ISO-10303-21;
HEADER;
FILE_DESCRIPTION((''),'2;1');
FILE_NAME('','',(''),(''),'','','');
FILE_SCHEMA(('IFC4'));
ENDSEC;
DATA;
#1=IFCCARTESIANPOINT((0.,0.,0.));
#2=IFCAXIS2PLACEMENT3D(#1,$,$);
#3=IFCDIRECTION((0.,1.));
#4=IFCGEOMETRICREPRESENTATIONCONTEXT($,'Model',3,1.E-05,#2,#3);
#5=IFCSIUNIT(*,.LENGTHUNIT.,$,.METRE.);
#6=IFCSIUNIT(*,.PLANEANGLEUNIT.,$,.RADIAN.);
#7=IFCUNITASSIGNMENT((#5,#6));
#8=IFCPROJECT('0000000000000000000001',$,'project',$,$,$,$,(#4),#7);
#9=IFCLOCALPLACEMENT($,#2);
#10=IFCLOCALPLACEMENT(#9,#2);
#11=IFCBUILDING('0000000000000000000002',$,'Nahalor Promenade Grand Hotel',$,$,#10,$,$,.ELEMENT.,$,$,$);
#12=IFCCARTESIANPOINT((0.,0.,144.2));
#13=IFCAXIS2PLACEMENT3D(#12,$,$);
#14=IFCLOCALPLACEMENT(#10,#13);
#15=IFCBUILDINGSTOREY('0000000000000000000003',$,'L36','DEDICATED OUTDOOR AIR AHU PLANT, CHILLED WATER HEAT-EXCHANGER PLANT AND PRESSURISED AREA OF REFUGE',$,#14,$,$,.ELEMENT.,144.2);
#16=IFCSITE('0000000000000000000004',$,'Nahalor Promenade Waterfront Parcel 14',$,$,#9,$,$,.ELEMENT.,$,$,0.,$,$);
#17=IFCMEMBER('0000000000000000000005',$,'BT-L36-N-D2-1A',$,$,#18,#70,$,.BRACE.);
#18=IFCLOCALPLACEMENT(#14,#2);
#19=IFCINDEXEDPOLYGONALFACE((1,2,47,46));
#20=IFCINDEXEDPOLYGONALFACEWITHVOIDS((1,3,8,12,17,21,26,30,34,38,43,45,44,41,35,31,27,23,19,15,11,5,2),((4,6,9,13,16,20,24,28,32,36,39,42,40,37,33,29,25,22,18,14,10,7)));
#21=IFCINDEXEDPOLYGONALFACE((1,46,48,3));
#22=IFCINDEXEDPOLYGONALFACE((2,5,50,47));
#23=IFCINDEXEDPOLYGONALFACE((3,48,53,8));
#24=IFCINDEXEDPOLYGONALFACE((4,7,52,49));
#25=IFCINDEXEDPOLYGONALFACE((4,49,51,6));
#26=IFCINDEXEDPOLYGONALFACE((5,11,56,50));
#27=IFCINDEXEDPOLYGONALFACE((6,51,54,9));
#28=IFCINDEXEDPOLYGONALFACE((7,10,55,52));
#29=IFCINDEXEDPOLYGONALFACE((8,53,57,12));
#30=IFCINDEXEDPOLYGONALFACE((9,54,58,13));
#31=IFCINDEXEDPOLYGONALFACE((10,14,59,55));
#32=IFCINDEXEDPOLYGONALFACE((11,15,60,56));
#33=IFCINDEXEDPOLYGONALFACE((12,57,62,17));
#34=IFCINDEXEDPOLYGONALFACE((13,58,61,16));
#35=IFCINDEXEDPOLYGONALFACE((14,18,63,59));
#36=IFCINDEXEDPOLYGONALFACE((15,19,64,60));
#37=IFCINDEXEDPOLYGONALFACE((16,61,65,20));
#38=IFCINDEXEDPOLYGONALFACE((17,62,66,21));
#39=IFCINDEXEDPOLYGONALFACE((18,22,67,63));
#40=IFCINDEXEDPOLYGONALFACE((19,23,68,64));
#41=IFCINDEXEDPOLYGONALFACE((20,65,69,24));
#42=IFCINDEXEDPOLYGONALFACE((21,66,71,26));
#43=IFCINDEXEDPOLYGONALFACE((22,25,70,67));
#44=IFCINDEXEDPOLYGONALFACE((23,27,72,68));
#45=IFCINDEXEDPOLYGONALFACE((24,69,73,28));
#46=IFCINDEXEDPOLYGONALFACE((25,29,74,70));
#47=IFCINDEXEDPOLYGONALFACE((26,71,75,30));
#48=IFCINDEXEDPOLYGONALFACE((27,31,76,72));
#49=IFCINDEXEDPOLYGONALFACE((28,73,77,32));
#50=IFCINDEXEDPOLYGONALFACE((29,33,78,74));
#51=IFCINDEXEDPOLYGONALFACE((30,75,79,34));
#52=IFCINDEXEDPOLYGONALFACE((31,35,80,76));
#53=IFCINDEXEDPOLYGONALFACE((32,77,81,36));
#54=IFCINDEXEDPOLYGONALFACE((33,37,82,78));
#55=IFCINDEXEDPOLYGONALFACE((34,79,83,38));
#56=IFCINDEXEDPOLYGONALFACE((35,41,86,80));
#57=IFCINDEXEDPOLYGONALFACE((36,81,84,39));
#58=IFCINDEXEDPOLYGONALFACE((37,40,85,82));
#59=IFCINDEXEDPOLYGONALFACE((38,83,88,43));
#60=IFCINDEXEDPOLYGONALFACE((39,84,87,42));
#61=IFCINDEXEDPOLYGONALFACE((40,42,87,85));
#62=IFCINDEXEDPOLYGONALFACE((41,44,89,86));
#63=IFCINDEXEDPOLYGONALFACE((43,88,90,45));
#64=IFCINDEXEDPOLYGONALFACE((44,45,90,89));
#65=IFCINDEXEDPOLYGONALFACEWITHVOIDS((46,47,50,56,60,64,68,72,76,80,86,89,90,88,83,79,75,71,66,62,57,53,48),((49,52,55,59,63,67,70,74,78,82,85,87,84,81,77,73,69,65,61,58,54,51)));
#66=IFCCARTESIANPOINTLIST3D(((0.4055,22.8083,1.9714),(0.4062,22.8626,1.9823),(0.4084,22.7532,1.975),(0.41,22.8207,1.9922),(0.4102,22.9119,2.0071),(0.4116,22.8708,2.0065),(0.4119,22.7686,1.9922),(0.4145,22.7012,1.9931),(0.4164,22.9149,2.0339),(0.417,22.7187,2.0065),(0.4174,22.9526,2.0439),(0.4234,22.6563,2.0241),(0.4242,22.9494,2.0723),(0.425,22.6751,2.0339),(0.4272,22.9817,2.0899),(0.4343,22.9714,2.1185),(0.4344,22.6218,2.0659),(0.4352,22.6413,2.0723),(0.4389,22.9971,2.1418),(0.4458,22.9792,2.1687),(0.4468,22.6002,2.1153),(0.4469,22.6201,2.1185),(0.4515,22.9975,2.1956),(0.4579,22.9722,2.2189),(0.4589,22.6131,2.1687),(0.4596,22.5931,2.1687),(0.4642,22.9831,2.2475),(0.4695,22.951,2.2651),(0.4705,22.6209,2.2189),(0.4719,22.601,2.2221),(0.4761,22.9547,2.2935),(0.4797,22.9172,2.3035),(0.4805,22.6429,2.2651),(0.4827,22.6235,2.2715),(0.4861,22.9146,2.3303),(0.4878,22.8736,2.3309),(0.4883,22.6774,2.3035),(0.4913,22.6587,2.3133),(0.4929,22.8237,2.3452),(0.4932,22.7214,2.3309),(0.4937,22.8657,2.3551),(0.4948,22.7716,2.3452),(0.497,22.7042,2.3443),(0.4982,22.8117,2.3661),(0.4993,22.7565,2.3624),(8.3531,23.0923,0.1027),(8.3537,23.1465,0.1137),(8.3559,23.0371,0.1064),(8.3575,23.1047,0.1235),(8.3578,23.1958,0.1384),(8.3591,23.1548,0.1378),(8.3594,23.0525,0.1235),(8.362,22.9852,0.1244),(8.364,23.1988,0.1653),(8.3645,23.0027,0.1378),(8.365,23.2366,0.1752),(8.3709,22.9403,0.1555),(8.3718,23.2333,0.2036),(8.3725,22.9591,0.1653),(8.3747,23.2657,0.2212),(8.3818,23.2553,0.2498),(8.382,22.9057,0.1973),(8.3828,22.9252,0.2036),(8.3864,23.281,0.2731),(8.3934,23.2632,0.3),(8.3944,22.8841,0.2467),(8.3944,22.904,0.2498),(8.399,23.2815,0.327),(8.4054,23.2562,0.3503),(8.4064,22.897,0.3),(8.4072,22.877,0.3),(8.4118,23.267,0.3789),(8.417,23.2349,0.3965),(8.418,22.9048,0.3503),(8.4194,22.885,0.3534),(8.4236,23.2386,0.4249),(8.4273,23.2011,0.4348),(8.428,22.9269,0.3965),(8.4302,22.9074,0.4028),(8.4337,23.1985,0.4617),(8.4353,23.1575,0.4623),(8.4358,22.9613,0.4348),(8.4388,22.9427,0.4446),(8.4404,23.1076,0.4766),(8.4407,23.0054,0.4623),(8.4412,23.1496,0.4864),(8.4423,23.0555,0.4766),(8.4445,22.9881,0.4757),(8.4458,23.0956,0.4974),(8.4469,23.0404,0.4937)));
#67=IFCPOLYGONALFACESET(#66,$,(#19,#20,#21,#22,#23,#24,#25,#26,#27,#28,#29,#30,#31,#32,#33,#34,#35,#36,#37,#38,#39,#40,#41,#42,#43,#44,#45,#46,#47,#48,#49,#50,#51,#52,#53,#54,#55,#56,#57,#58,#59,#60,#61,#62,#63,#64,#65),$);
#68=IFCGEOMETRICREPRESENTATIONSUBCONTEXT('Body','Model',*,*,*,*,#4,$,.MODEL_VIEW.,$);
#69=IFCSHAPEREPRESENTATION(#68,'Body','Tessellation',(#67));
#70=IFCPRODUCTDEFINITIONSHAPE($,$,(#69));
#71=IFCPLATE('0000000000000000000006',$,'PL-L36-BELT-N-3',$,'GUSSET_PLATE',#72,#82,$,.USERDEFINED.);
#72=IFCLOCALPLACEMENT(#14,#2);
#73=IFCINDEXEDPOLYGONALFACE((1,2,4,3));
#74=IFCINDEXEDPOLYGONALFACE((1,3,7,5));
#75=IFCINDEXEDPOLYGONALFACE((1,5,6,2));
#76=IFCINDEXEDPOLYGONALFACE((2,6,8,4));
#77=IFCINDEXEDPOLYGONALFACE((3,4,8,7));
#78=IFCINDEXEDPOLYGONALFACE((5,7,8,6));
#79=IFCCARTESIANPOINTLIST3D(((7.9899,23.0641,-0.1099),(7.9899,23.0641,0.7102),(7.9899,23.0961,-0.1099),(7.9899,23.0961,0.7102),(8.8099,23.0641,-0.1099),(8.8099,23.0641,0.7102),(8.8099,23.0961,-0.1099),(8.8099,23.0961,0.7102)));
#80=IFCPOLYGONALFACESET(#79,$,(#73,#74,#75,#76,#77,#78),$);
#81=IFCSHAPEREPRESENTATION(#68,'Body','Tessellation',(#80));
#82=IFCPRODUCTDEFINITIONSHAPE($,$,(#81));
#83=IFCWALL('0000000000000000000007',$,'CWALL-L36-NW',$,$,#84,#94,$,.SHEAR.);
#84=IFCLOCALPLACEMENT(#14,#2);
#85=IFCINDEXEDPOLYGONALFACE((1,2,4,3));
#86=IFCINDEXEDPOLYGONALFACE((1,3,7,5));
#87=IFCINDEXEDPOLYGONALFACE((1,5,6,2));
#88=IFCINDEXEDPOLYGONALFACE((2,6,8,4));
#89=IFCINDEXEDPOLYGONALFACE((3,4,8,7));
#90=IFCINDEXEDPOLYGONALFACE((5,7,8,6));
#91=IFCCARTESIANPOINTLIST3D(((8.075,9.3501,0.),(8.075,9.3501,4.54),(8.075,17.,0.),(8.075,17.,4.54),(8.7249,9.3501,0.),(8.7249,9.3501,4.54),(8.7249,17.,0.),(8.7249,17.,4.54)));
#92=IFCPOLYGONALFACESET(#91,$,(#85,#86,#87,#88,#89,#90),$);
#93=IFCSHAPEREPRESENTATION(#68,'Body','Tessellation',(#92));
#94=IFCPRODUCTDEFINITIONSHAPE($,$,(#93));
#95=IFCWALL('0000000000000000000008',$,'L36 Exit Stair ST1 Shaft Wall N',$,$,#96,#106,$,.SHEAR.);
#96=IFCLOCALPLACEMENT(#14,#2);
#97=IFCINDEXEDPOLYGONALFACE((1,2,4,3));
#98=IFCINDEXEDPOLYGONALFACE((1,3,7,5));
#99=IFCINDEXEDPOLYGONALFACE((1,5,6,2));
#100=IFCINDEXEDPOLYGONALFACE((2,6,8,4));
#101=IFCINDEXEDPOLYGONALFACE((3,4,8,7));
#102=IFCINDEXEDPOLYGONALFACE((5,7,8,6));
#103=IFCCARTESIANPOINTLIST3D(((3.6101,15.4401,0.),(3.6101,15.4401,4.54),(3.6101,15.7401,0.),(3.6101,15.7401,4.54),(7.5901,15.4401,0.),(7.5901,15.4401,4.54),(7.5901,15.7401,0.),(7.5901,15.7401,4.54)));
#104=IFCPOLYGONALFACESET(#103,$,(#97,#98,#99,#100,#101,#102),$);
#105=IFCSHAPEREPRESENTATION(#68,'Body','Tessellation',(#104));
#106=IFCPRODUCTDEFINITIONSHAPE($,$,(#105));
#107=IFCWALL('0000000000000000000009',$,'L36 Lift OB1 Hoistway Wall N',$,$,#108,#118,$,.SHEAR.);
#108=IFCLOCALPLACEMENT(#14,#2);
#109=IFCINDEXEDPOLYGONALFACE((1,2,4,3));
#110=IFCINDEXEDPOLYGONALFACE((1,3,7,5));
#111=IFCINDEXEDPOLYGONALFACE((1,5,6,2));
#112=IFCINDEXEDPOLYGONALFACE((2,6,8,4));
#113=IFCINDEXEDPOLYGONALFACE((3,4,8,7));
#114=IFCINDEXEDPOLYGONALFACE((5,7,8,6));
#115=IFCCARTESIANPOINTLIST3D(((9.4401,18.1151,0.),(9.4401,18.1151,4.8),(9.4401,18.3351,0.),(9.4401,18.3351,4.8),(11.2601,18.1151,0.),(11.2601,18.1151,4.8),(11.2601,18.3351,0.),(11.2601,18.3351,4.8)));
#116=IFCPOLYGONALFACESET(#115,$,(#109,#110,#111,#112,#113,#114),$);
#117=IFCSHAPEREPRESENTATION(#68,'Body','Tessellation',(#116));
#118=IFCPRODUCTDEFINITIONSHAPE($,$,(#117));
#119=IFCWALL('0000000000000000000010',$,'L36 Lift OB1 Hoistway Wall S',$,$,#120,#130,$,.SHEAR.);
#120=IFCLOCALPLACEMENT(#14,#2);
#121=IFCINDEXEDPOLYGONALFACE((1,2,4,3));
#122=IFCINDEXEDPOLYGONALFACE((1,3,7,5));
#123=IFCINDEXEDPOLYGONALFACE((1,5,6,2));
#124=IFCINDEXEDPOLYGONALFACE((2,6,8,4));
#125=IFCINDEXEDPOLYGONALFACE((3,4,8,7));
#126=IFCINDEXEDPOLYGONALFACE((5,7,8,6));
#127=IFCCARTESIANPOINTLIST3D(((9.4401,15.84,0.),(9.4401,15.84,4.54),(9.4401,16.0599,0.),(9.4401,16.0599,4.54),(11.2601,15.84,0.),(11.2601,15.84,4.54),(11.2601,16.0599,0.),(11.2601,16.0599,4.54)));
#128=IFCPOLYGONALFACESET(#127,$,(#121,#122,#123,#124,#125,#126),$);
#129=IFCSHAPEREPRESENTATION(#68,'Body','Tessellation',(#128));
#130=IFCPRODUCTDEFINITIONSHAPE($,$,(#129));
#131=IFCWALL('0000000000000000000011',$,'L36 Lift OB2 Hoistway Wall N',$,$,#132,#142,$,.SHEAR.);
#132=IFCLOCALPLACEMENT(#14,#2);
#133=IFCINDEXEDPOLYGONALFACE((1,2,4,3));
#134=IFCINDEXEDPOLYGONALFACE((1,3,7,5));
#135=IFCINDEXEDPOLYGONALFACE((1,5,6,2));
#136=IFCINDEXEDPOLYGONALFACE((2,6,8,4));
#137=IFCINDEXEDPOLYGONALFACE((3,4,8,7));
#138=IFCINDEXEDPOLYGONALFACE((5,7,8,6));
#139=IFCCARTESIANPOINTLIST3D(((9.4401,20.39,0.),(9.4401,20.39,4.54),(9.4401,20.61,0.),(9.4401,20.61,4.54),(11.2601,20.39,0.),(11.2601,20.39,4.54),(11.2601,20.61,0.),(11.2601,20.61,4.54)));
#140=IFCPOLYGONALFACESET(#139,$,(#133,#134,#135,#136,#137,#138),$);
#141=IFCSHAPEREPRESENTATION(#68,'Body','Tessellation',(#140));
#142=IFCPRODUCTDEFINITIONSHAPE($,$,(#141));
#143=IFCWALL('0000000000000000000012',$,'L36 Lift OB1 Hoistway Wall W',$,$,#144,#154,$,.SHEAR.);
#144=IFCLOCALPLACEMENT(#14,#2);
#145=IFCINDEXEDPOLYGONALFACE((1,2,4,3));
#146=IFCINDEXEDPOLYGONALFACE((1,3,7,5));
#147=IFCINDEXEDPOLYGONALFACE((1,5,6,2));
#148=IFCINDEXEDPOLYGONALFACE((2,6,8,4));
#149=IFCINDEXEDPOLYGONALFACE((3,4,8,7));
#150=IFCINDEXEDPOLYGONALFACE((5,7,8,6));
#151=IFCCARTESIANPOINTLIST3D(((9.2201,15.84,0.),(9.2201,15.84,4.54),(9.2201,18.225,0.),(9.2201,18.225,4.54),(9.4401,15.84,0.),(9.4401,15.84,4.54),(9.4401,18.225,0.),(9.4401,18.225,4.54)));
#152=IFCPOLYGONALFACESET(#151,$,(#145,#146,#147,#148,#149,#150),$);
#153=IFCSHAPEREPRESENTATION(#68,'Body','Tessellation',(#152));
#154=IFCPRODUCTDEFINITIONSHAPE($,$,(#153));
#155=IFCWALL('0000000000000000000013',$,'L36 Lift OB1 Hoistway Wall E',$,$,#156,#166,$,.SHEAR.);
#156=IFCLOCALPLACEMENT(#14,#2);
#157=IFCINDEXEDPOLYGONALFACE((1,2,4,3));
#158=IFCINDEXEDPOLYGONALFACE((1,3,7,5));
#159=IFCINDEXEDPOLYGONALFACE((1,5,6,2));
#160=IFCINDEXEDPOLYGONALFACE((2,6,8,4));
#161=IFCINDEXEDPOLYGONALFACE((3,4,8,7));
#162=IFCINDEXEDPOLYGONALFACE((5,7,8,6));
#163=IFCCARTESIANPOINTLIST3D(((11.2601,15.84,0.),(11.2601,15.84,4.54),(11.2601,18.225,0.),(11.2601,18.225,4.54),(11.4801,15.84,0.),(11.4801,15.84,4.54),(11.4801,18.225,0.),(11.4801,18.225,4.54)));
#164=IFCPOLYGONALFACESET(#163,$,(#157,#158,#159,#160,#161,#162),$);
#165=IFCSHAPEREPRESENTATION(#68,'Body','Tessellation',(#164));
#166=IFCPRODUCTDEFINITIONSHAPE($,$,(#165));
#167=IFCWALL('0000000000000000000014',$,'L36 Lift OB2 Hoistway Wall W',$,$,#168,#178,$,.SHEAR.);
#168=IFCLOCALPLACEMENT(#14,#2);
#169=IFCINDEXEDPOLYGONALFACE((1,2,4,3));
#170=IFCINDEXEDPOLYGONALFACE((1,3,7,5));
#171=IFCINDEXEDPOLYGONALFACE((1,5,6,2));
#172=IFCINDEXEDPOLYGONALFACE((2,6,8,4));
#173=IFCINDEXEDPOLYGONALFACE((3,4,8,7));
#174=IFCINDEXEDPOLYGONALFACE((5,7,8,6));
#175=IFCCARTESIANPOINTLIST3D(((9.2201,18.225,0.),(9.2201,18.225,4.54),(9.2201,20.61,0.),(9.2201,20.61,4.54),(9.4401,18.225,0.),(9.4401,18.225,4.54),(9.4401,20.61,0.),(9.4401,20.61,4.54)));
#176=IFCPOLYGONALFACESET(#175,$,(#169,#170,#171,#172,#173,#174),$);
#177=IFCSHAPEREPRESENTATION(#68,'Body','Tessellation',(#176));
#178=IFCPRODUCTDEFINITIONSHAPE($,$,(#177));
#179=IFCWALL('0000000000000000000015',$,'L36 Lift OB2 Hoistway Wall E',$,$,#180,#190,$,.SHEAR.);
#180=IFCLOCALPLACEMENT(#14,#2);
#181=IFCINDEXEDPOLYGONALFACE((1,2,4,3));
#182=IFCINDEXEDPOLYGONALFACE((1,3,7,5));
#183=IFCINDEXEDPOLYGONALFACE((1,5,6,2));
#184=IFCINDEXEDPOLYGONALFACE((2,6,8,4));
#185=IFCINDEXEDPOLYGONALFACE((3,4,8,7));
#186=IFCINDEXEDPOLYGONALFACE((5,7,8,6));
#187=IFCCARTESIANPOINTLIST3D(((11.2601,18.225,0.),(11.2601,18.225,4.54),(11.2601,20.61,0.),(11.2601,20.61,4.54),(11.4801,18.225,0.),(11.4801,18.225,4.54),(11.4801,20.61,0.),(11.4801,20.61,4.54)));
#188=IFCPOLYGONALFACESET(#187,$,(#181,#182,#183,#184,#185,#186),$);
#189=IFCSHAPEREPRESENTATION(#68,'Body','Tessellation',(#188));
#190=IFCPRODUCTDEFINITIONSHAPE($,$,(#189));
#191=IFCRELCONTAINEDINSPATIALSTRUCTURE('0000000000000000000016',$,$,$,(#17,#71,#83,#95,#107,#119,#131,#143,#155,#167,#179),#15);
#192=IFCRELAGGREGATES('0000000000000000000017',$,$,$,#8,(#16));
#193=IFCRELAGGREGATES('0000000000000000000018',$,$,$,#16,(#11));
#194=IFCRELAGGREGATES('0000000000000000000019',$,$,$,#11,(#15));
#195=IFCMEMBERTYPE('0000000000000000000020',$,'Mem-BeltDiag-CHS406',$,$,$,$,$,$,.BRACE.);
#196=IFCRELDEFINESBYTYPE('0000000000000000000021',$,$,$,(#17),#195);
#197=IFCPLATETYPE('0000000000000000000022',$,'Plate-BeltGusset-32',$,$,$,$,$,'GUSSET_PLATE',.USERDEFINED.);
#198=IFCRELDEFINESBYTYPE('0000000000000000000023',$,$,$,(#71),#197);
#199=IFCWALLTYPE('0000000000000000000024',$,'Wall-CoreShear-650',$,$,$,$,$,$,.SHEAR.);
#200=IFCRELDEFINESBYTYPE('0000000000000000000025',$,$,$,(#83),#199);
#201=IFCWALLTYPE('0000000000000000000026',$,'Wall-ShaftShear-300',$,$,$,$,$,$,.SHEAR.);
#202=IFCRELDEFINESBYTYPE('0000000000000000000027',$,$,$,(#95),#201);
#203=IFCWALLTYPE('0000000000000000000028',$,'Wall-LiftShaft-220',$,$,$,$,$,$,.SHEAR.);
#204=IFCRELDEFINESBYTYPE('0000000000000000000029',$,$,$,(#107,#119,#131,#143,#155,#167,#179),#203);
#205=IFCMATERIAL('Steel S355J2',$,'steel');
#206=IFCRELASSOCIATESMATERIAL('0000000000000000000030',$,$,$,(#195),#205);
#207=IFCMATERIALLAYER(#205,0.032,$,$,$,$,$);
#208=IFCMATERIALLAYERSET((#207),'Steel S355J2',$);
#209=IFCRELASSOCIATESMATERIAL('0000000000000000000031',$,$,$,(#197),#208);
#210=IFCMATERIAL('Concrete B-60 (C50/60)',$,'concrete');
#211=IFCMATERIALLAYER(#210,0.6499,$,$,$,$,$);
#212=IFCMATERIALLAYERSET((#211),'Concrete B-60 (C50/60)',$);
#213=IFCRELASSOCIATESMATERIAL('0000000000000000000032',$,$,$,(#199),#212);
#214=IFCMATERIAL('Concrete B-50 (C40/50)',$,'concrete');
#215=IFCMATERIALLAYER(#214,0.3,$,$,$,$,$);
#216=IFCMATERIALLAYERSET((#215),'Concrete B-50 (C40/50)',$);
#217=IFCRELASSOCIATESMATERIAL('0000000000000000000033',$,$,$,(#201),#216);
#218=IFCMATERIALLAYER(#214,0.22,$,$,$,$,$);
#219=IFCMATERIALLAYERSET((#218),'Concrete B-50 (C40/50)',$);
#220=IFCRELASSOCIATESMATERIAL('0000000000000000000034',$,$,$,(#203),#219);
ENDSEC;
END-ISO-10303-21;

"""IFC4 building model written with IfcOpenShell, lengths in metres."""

from ifc_helpers import new_model, si_unit, direction, frame, frame_2d, origin, origin_2d, place, context, subcontext, project, spatial, rectangle, hollow_circle, extrude, source, transform, mapped, material, layer, layer_set, material_profile, profile_set, type_object, element, save


model = new_model("IFC4")

# Units and contexts
model_context = context("Model", 3, precision=1e-05, world=origin(), true_north=direction((0.0, 1.0)))
body_context = subcontext(model_context, "Body", "Model", "MODEL_VIEW")
ifc_project = project(units=[si_unit("LENGTHUNIT", "METRE"), si_unit("PLANEANGLEUNIT", "RADIAN")], contexts=[model_context])

# Site, building, storey
site_placement = place(None, origin())
site = spatial("IfcSite", under=ifc_project, at=site_placement, Name="Nahalor Promenade Waterfront Parcel 14", CompositionType="ELEMENT", RefElevation=0.0)
building_placement = place(site_placement, origin())
building = spatial("IfcBuilding", under=site, at=building_placement, Name="Nahalor Promenade Grand Hotel", CompositionType="ELEMENT")
storey_placement = place(building_placement, frame((0.0, 0.0, 144.2)))
storey = spatial("IfcBuildingStorey", under=building, at=storey_placement, Name="L36", Description="DEDICATED OUTDOOR AIR AHU PLANT, CHILLED WATER HEAT-EXCHANGER PLANT AND PRESSURISED AREA OF REFUGE", CompositionType="ELEMENT", Elevation=144.2)

# Shared definitions
ifc_material_1 = material(Name="Concrete B-60 (C50/60)", Category="concrete")
ifc_material_2 = material(Name="Steel S355J2", Category="steel")

# Member
ifc_material_profile_1 = material_profile(ifc_material_2, hollow_circle(Radius=0.2032, WallThickness=0.02, at=origin_2d()), Name="CHS 406.4x20")
ifc_profile_set_1 = profile_set([ifc_material_profile_1], Name="Steel S355J2")
member_type = type_object("IfcMemberType", Name="Mem-BeltDiag-CHS406", PredefinedType="BRACE", material=ifc_profile_set_1)
shared_shape_1 = source(origin(), body_context, "Body", "SweptSolid", [
    extrude(hollow_circle(Radius=0.2032, WallThickness=0.02, at=origin_2d()), origin(), (0.0, 0.0, 1.0), 8.1692),
])
member_1_placement = place(storey_placement, frame((8.3999, 23.0801, 0.3), z_axis=(-0.972866, -0.034757, 0.228744), x_axis=(0.035704, -0.999362, 0.0)))
element("IfcMember", 1, at=member_1_placement, inside=storey, type_object=member_type, Name="BT-L36-N-D2-1A", PredefinedType="BRACE", context=body_context, shape_type="MappedRepresentation", body=[
    mapped(shared_shape_1, transform((0.0, 0.0, 0.0), scale=1.0)),
])

# Plate
ifc_layer_1 = layer(ifc_material_2, 0.032)
ifc_layer_set_1 = layer_set([ifc_layer_1], Name="Steel S355J2")
plate_type = type_object("IfcPlateType", Name="Plate-BeltGusset-32", ElementType="GUSSET_PLATE", PredefinedType="USERDEFINED", material=ifc_layer_set_1)
shared_shape_2 = source(origin(), body_context, "Body", "SweptSolid", [
    extrude(rectangle(XDim=0.8201, YDim=0.032, at=origin_2d()), origin(), (0.0, 0.0, 1.0), 0.8201),
])
plate_placement = place(storey_placement, frame((8.3999, 23.0801, -0.1099), z_axis=(0.0, 0.0, 1.0), x_axis=(1.0, 0.0, 0.0)))
element("IfcPlate", 2, at=plate_placement, inside=storey, type_object=plate_type, Name="PL-L36-BELT-N-3", ObjectType="GUSSET_PLATE", PredefinedType="USERDEFINED", context=body_context, shape_type="MappedRepresentation", body=[
    mapped(shared_shape_2, transform((0.0, 0.0, 0.0), scale=1.0)),
])

# Walls
ifc_layer_2 = layer(ifc_material_1, 0.6499)
ifc_layer_set_2 = layer_set([ifc_layer_2], Name="Concrete B-60 (C50/60)")
wall_type_1 = type_object("IfcWallType", Name="Wall-CoreShear-650", PredefinedType="SHEAR", material=ifc_layer_set_2)
shared_shape_3 = source(origin(), body_context, "Body", "SweptSolid", [
    extrude(rectangle(XDim=7.6499, YDim=0.6499, at=frame_2d((3.825, 0.0))), origin(), (0.0, 0.0, 1.0), 4.54),
])
wall_1_placement = place(storey_placement, frame((8.3999, 9.3501, 0.0), z_axis=(0.0, 0.0, 1.0), x_axis=(0.0, 1.0, 0.0)))
element("IfcWall", 3, at=wall_1_placement, inside=storey, type_object=wall_type_1, Name="CWALL-L36-NW", PredefinedType="SHEAR", context=body_context, shape_type="MappedRepresentation", body=[
    mapped(shared_shape_3, transform((0.0, 0.0, 0.0), scale=1.0)),
])
ifc_material_3 = material(Name="Concrete B-50 (C40/50)", Category="concrete")
ifc_layer_3 = layer(ifc_material_3, 0.3)
ifc_layer_set_3 = layer_set([ifc_layer_3], Name="Concrete B-50 (C40/50)")
wall_type_2 = type_object("IfcWallType", Name="Wall-ShaftShear-300", PredefinedType="SHEAR", material=ifc_layer_set_3)
shared_shape_4 = source(origin(), body_context, "Body", "SweptSolid", [
    extrude(rectangle(XDim=3.98, YDim=0.3, at=frame_2d((1.99, 0.0))), origin(), (0.0, 0.0, 1.0), 4.54),
])
wall_2_placement = place(storey_placement, frame((3.6101, 15.5901, 0.0), z_axis=(0.0, 0.0, 1.0), x_axis=(1.0, 0.0, 0.0)))
element("IfcWall", 4, at=wall_2_placement, inside=storey, type_object=wall_type_2, Name="L36 Exit Stair ST1 Shaft Wall N", PredefinedType="SHEAR", context=body_context, shape_type="MappedRepresentation", body=[
    mapped(shared_shape_4, transform((0.0, 0.0, 0.0), scale=1.0)),
])
ifc_layer_4 = layer(ifc_material_3, 0.22)
ifc_layer_set_4 = layer_set([ifc_layer_4], Name="Concrete B-50 (C40/50)")
wall_type_3 = type_object("IfcWallType", Name="Wall-LiftShaft-220", PredefinedType="SHEAR", material=ifc_layer_set_4)
shared_shape_5 = source(origin(), body_context, "Body", "SweptSolid", [
    extrude(rectangle(XDim=1.8201, YDim=0.22, at=frame_2d((0.9102, 0.0))), origin(), (0.0, 0.0, 1.0), 4.8),
])
wall_3_placement = place(storey_placement, frame((9.4399, 18.2251, 0.0), z_axis=(0.0, 0.0, 1.0), x_axis=(1.0, 0.0, 0.0)))
element("IfcWall", 5, at=wall_3_placement, inside=storey, type_object=wall_type_3, Name="L36 Lift OB1 Hoistway Wall N", PredefinedType="SHEAR", context=body_context, shape_type="MappedRepresentation", body=[
    mapped(shared_shape_5, transform((0.0, 0.0, 0.0), scale=1.0)),
])
shared_shape_6 = source(origin(), body_context, "Body", "SweptSolid", [
    extrude(rectangle(XDim=1.8201, YDim=0.22, at=frame_2d((0.9102, 0.0))), origin(), (0.0, 0.0, 1.0), 4.54),
])
for number, where, z_axis, x_axis, name in (
    (6, (9.4399, 15.95, 0.0), (0.0, 0.0, 1.0), (1.0, 0.0, 0.0), "L36 Lift OB1 Hoistway Wall S"),
    (7, (9.4399, 20.5, 0.0), (0.0, 0.0, 1.0), (1.0, 0.0, 0.0), "L36 Lift OB2 Hoistway Wall N"),
):
    element("IfcWall", number, at=place(storey_placement, frame(where, z_axis=z_axis, x_axis=x_axis)), inside=storey, type_object=wall_type_3, Name=name, PredefinedType="SHEAR", context=body_context, shape_type="MappedRepresentation", body=[
        mapped(shared_shape_6, transform((0.0, 0.0, 0.0), scale=1.0)),
    ])
shared_shape_7 = source(origin(), body_context, "Body", "SweptSolid", [
    extrude(rectangle(XDim=2.385, YDim=0.22, at=frame_2d((1.1924, 0.0))), origin(), (0.0, 0.0, 1.0), 4.54),
])
for number, where, z_axis, x_axis, name in (
    (8, (9.3301, 15.8401, 0.0), (0.0, 0.0, 1.0), (0.0, 1.0, 0.0), "L36 Lift OB1 Hoistway Wall W"),
    (9, (11.3701, 15.8401, 0.0), (0.0, 0.0, 1.0), (0.0, 1.0, 0.0), "L36 Lift OB1 Hoistway Wall E"),
    (10, (9.3301, 18.2251, 0.0), (0.0, 0.0, 1.0), (0.0, 1.0, 0.0), "L36 Lift OB2 Hoistway Wall W"),
    (11, (11.3701, 18.2251, 0.0), (0.0, 0.0, 1.0), (0.0, 1.0, 0.0), "L36 Lift OB2 Hoistway Wall E"),
):
    element("IfcWall", number, at=place(storey_placement, frame(where, z_axis=z_axis, x_axis=x_axis)), inside=storey, type_object=wall_type_3, Name=name, PredefinedType="SHEAR", context=body_context, shape_type="MappedRepresentation", body=[
        mapped(shared_shape_7, transform((0.0, 0.0, 0.0), scale=1.0)),
    ])

save(model, "model.ifc")
